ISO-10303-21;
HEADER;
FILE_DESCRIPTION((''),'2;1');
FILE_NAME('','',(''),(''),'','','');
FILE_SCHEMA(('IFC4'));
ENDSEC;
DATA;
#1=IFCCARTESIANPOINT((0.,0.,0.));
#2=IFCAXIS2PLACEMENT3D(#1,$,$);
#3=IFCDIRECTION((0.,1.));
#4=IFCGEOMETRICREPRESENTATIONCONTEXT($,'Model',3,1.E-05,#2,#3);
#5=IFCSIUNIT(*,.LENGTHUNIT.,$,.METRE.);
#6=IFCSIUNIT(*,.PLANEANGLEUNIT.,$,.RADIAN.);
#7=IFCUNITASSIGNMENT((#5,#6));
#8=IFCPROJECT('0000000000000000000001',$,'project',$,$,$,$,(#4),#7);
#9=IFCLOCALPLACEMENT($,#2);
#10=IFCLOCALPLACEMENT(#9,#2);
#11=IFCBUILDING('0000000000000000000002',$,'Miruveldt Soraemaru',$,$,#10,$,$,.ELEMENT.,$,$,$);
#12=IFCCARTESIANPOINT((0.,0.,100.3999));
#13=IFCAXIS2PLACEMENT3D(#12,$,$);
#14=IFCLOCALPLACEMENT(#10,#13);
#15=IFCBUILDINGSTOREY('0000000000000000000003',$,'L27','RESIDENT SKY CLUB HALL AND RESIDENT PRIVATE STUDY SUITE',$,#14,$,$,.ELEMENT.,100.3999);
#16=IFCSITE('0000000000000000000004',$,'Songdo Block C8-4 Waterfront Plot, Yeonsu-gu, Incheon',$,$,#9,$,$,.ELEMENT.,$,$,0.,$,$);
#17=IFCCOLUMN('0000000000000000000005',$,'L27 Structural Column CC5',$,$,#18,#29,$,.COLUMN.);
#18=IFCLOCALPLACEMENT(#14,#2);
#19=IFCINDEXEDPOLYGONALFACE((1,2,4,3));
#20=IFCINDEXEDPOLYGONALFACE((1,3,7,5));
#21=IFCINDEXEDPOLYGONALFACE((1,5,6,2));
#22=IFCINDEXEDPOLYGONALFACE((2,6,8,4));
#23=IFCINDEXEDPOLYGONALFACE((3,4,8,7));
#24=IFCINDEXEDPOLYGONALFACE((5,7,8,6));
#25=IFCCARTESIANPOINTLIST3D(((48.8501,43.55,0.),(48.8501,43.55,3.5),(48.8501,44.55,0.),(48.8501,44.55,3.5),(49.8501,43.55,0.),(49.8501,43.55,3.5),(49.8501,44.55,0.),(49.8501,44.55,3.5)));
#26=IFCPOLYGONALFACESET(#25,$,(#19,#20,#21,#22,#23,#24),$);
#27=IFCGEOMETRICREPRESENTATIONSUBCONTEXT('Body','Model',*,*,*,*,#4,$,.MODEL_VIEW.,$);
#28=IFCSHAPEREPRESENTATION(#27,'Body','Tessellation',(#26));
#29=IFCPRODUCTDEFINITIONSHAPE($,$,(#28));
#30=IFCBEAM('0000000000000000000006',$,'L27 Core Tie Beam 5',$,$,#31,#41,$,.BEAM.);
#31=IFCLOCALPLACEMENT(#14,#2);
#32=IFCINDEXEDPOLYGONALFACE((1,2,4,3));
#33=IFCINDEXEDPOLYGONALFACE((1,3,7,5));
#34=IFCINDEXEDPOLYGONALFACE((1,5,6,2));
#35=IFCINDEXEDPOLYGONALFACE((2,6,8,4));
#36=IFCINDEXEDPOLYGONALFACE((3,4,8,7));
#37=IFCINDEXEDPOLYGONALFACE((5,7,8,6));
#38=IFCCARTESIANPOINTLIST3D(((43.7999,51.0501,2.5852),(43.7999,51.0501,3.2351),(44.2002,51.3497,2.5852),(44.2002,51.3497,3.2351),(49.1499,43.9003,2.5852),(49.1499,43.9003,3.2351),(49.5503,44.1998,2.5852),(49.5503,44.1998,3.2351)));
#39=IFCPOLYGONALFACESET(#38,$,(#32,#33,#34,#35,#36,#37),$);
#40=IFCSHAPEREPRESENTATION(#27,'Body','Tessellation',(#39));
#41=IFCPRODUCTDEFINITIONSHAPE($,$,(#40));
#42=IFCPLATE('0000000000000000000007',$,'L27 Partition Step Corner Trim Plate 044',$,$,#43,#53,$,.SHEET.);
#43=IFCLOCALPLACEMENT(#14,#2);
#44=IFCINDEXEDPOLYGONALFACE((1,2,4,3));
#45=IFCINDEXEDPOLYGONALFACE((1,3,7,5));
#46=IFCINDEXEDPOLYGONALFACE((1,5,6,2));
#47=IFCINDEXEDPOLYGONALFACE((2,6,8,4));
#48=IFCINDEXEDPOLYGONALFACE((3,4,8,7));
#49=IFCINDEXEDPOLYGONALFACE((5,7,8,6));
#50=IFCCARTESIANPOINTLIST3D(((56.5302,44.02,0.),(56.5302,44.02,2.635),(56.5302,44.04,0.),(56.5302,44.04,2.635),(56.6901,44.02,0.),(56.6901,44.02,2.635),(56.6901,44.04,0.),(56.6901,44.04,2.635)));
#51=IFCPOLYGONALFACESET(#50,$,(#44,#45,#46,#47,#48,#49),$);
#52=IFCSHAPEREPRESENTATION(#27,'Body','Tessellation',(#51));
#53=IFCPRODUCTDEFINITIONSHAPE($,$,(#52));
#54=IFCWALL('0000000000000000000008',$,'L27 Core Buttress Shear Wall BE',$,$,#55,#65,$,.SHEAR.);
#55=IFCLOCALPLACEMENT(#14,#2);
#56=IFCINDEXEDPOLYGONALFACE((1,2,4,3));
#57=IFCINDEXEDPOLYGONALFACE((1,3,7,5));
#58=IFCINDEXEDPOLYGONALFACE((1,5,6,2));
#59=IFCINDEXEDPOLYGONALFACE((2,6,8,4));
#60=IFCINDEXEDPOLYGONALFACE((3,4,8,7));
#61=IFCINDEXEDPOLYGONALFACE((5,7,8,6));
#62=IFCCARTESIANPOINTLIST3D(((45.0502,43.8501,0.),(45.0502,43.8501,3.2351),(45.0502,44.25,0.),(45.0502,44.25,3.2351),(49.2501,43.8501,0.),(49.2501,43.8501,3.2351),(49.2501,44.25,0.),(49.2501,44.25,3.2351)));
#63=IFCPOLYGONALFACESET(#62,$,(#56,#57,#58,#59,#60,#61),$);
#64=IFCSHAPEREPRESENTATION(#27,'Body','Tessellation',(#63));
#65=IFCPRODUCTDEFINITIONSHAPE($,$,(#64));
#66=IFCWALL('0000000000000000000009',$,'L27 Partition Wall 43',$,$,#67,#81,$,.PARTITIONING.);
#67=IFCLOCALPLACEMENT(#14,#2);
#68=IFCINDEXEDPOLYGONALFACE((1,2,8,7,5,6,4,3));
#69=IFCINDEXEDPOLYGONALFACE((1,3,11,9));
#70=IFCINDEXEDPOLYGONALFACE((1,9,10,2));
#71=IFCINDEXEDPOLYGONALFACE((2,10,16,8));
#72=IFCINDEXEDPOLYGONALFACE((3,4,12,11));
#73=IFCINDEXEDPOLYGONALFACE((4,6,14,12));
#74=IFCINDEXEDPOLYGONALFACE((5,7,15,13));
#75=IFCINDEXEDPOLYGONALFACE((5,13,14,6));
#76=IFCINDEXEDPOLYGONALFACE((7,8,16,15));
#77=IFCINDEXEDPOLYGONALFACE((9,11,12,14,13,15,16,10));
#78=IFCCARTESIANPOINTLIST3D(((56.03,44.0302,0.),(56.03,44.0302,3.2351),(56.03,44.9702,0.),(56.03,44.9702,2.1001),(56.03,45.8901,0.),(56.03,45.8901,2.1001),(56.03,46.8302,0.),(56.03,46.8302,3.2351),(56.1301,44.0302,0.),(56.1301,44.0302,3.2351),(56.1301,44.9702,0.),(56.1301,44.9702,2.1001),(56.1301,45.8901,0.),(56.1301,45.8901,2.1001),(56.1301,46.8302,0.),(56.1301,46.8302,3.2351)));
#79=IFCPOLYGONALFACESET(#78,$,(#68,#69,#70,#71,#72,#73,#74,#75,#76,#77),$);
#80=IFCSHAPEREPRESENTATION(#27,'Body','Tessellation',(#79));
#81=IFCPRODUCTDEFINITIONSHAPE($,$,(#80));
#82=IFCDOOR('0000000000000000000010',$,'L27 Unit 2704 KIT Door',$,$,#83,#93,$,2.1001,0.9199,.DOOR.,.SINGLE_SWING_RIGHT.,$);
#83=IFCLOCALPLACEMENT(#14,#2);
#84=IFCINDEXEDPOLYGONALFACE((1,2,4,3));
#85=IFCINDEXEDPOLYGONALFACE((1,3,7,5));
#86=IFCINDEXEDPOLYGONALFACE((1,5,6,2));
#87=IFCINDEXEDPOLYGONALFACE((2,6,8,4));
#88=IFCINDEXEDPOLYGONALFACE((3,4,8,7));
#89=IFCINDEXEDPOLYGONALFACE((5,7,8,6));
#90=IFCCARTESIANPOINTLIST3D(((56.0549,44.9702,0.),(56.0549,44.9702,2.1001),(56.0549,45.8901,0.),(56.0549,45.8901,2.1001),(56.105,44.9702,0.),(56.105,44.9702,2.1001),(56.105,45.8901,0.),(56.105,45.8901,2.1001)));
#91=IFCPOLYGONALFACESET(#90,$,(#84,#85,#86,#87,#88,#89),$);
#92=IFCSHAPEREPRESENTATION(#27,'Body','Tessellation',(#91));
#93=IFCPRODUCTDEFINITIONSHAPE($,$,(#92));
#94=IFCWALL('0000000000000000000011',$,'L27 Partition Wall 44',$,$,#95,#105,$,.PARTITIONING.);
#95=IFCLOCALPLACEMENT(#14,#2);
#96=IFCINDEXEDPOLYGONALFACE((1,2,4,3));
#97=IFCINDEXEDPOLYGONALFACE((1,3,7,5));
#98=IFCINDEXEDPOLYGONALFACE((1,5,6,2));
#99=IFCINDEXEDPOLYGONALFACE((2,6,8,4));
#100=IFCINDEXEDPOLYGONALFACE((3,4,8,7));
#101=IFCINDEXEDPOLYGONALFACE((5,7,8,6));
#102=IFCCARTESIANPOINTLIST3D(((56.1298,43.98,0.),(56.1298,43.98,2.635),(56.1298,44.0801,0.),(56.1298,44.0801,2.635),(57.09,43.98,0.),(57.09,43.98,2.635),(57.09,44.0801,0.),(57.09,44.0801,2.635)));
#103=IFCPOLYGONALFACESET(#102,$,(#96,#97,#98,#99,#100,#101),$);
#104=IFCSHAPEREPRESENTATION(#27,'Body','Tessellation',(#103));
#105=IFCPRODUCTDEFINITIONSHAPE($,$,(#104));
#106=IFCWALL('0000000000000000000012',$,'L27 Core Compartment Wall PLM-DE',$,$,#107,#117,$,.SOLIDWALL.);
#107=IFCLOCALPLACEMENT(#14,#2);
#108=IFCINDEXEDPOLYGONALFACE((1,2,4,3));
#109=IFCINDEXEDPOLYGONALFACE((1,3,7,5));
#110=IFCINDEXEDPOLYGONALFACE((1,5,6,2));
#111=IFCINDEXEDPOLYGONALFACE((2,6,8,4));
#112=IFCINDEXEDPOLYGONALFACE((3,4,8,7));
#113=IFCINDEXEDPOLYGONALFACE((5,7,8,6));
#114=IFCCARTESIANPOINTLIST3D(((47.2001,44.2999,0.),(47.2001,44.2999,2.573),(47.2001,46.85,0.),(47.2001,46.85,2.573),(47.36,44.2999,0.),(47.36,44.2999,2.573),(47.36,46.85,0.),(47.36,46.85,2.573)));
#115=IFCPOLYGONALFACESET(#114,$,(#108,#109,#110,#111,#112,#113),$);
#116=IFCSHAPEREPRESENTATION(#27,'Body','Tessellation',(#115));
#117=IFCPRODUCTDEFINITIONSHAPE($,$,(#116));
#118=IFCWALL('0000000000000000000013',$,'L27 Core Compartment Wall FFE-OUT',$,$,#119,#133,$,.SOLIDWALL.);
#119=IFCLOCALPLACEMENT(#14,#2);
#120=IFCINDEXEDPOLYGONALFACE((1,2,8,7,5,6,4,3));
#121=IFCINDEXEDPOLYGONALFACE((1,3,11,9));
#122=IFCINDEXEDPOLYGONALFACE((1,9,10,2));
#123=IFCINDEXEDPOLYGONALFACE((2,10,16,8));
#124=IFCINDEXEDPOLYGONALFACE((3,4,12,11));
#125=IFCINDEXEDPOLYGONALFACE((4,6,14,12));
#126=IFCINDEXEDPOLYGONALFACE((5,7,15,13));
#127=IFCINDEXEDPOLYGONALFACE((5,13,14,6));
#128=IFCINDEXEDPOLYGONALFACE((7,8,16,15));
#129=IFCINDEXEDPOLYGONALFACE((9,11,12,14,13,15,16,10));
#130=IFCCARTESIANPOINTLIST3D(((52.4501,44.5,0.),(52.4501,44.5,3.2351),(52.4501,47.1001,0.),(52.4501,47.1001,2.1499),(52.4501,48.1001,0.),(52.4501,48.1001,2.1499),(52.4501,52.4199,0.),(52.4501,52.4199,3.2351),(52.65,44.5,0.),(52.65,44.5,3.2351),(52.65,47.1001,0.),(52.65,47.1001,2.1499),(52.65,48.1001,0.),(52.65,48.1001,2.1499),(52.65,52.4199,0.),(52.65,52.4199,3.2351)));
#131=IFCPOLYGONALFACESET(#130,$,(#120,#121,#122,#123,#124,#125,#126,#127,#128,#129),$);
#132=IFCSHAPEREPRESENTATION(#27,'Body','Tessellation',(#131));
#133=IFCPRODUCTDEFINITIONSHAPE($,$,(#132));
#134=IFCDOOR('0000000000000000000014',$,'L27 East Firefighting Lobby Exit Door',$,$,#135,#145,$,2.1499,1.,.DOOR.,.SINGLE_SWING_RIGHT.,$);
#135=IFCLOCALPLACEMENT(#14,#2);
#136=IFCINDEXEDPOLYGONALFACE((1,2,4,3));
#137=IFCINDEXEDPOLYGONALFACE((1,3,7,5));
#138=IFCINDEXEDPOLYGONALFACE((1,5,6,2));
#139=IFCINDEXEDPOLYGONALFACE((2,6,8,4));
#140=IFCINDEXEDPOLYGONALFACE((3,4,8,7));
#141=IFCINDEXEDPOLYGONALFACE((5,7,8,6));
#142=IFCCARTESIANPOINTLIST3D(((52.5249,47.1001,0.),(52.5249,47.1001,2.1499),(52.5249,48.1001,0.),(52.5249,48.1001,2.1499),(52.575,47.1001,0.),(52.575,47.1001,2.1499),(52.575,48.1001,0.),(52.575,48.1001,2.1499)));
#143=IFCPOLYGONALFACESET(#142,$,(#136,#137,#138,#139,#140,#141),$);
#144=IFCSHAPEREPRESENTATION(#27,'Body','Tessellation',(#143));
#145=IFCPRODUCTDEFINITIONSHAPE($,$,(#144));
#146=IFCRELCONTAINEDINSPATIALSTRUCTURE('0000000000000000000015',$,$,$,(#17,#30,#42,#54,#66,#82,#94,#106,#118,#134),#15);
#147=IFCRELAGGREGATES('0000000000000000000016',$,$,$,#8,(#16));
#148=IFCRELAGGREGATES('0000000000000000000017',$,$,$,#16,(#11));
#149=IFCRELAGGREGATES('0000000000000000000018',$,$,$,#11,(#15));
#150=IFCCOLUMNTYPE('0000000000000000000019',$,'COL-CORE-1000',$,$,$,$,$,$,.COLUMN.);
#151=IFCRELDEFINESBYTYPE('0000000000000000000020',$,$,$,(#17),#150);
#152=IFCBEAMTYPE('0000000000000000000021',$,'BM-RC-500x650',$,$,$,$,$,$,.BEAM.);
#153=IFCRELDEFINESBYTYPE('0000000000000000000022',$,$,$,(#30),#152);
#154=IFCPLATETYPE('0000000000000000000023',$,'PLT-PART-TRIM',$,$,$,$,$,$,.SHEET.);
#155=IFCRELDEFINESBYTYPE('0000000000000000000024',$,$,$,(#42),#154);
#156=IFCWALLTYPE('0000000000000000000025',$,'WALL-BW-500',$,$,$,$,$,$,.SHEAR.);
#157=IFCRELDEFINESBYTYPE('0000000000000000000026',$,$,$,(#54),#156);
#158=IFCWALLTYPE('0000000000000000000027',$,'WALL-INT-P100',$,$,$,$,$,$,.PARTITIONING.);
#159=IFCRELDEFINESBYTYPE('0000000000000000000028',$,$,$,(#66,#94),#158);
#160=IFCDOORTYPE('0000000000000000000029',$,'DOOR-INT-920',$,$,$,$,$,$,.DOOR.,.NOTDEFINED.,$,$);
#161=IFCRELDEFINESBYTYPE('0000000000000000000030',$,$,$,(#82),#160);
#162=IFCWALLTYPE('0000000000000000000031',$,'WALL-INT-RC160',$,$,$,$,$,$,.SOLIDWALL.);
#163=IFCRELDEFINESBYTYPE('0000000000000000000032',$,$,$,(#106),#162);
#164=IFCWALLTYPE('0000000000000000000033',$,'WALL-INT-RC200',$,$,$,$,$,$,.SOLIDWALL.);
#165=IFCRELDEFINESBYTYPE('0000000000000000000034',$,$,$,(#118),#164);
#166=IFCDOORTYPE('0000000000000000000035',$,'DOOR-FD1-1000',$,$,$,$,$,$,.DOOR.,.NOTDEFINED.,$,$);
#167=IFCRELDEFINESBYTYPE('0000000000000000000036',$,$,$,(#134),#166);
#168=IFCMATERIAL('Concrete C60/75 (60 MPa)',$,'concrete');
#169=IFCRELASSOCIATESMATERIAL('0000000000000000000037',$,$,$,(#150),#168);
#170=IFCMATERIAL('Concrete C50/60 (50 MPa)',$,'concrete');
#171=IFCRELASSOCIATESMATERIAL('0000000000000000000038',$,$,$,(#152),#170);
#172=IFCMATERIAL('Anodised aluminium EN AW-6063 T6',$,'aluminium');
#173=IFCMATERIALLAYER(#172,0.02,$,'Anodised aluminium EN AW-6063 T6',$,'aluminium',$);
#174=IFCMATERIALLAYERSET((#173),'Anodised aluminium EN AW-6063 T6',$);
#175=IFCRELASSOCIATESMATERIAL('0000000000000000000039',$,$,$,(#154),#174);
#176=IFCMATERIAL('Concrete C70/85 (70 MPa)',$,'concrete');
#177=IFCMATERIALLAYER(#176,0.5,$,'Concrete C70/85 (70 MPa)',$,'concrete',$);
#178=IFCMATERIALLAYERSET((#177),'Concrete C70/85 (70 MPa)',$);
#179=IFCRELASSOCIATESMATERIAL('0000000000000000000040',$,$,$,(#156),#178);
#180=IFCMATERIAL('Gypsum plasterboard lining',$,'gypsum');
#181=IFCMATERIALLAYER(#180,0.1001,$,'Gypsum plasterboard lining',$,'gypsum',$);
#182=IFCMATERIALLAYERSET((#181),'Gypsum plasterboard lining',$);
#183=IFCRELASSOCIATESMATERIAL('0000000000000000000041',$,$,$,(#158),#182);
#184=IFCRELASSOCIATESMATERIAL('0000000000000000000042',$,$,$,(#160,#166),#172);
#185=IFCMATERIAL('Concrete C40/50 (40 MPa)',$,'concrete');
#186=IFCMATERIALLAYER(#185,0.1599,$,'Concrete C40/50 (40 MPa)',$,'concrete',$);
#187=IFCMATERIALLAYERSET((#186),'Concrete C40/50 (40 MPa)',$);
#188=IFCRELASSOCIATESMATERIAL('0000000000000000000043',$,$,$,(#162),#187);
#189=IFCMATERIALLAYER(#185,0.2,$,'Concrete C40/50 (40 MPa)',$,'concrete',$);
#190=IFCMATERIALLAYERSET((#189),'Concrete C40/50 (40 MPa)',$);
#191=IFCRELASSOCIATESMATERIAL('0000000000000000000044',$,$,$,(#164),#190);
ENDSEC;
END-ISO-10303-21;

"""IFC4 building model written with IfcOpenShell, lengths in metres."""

from ifc_helpers import new_model, si_unit, direction, frame, frame_2d, origin, origin_2d, place, context, subcontext, project, spatial, rectangle, extrude, material, layer, layer_set, material_profile, profile_set, type_object, element, fill, save


model = new_model("IFC4")

# Units and contexts
model_context = context("Model", 3, precision=1e-05, world=origin(), true_north=direction((0.0, 1.0)))
body_context = subcontext(model_context, "Body", "Model", "MODEL_VIEW")
ifc_project = project(units=[si_unit("LENGTHUNIT", "METRE"), si_unit("PLANEANGLEUNIT", "RADIAN")], contexts=[model_context])

# Site, building, storey
site_placement = place(None, origin())
site = spatial("IfcSite", under=ifc_project, at=site_placement, Name="Songdo Block C8-4 Waterfront Plot, Yeonsu-gu, Incheon", CompositionType="ELEMENT", RefElevation=0.0)
building_placement = place(site_placement, origin())
building = spatial("IfcBuilding", under=site, at=building_placement, Name="Miruveldt Soraemaru", CompositionType="ELEMENT")
storey_placement = place(building_placement, frame((0.0, 0.0, 100.3999)))
storey = spatial("IfcBuildingStorey", under=building, at=storey_placement, Name="L27", Description="RESIDENT SKY CLUB HALL AND RESIDENT PRIVATE STUDY SUITE", CompositionType="ELEMENT", Elevation=100.3999)

# Column
ifc_material_1 = material(Name="Concrete C60/75 (60 MPa)", Category="concrete")
ifc_material_profile_1 = material_profile(ifc_material_1, rectangle(XDim=1.0, YDim=1.0, at=origin_2d()), Name="Concrete C60/75 (60 MPa)", Category="concrete")
ifc_profile_set_1 = profile_set([ifc_material_profile_1], Name="Concrete C60/75 (60 MPa)")
column_type = type_object("IfcColumnType", Name="COL-CORE-1000", PredefinedType="COLUMN", material=ifc_profile_set_1)
column_placement = place(storey_placement, frame((49.3501, 44.05, 0.0), z_axis=(0.0, 0.0, 1.0), x_axis=(1.0, 0.0, 0.0)))
element("IfcColumn", 1, at=column_placement, inside=storey, type_object=column_type, Name="L27 Structural Column CC5", PredefinedType="COLUMN", context=body_context, shape_type="SweptSolid", body=[
    extrude(rectangle(XDim=1.0, YDim=1.0, at=origin_2d()), origin(), (0.0, 0.0, 1.0), 3.5),
])

# Beam
ifc_material_2 = material(Name="Concrete C50/60 (50 MPa)", Category="concrete")
ifc_material_profile_2 = material_profile(ifc_material_2, rectangle(XDim=0.5, YDim=0.6499, at=origin_2d()), Name="Concrete C50/60 (50 MPa)", Category="concrete")
ifc_profile_set_2 = profile_set([ifc_material_profile_2], Name="Concrete C50/60 (50 MPa)")
beam_type = type_object("IfcBeamType", Name="BM-RC-500x650", PredefinedType="BEAM", material=ifc_profile_set_2)
beam_placement = place(storey_placement, frame((49.3501, 44.05, 2.9102), z_axis=(-0.599116, 0.800662, 0.0), x_axis=(-0.800662, -0.599116, 0.0)))
element("IfcBeam", 2, at=beam_placement, inside=storey, type_object=beam_type, Name="L27 Core Tie Beam 5", PredefinedType="BEAM", context=body_context, shape_type="SweptSolid", body=[
    extrude(rectangle(XDim=0.5, YDim=0.6499, at=origin_2d()), origin(), (0.0, 0.0, 1.0), 8.9299),
])

# Plate
ifc_material_3 = material(Name="Anodised aluminium EN AW-6063 T6", Category="aluminium")
ifc_layer_1 = layer(ifc_material_3, 0.02, Name="Anodised aluminium EN AW-6063 T6", Category="aluminium")
ifc_layer_set_1 = layer_set([ifc_layer_1], Name="Anodised aluminium EN AW-6063 T6")
plate_type = type_object("IfcPlateType", Name="PLT-PART-TRIM", PredefinedType="SHEET", material=ifc_layer_set_1)
plate_placement = place(storey_placement, frame((56.6101, 44.03, 0.0), z_axis=(0.0, 0.0, 1.0), x_axis=(1.0, 0.0, 0.0)))
element("IfcPlate", 3, at=plate_placement, inside=storey, type_object=plate_type, Name="L27 Partition Step Corner Trim Plate 044", PredefinedType="SHEET", context=body_context, shape_type="SweptSolid", body=[
    extrude(rectangle(XDim=0.1599, YDim=0.02, at=origin_2d()), origin(), (0.0, 0.0, 1.0), 2.635),
])

# Wall
ifc_material_4 = material(Name="Concrete C70/85 (70 MPa)", Category="concrete")
ifc_layer_2 = layer(ifc_material_4, 0.5, Name="Concrete C70/85 (70 MPa)", Category="concrete")
ifc_layer_set_2 = layer_set([ifc_layer_2], Name="Concrete C70/85 (70 MPa)")
wall_type_1 = type_object("IfcWallType", Name="WALL-BW-500", PredefinedType="SHEAR", material=ifc_layer_set_2)
wall_1_placement = place(storey_placement, frame((45.05, 44.05, 0.0), z_axis=(0.0, 0.0, 1.0), x_axis=(1.0, 0.0, 0.0)))
element("IfcWall", 4, at=wall_1_placement, inside=storey, type_object=wall_type_1, Name="L27 Core Buttress Shear Wall BE", PredefinedType="SHEAR", context=body_context, shape_type="SweptSolid", body=[
    extrude(rectangle(XDim=4.2, YDim=0.3999, at=frame_2d((2.1001, 0.0))), origin(), (0.0, 0.0, 1.0), 3.2351),
])

# Wall, opening, door
ifc_material_5 = material(Name="Gypsum plasterboard lining", Category="gypsum")
ifc_layer_3 = layer(ifc_material_5, 0.1001, Name="Gypsum plasterboard lining", Category="gypsum")
ifc_layer_set_3 = layer_set([ifc_layer_3], Name="Gypsum plasterboard lining")
wall_type_2 = type_object("IfcWallType", Name="WALL-INT-P100", PredefinedType="PARTITIONING", material=ifc_layer_set_3)
wall_2_placement = place(storey_placement, frame((56.0801, 46.8301, 0.0), z_axis=(0.0, 0.0, 1.0), x_axis=(0.0, -1.0, 0.0)))
wall_2 = element("IfcWall", 5, at=wall_2_placement, inside=storey, type_object=wall_type_2, Name="L27 Partition Wall 43", PredefinedType="PARTITIONING", context=body_context, shape_type="SweptSolid", body=[
    extrude(rectangle(XDim=2.8, YDim=0.1001, at=frame_2d((1.3999, 0.0))), origin(), (0.0, 0.0, 1.0), 3.2351),
])
opening_1_placement = place(wall_2_placement, frame((0.9399, 0.0, 0.0)))
opening_1 = element("IfcOpeningElement", 6, at=opening_1_placement, cuts=wall_2, PredefinedType="OPENING", context=body_context, shape_type="SweptSolid", body=[
    extrude(rectangle(XDim=0.9199, YDim=2.1001, at=frame_2d((0.46, 1.05))), frame((0.0, 0.0601, 0.0), z_axis=(0.0, -1.0, 0.0), x_axis=(1.0, 0.0, 0.0)), (0.0, 0.0, 1.0), 0.1201),
])
door_type_1 = type_object("IfcDoorType", Name="DOOR-INT-920", OperationType="NOTDEFINED", PredefinedType="DOOR", material=ifc_material_3)
door_1_placement = place(opening_1_placement, origin())
door_1 = element("IfcDoor", 7, at=door_1_placement, inside=storey, type_object=door_type_1, Name="L27 Unit 2704 KIT Door", OperationType="SINGLE_SWING_RIGHT", OverallHeight=2.1001, OverallWidth=0.9199, PredefinedType="DOOR", context=body_context, shape_type="SweptSolid", body=[
    extrude(rectangle(XDim=0.9199, YDim=2.1001, at=frame_2d((0.46, 1.05))), frame((0.0, 0.0249, 0.0), z_axis=(0.0, -1.0, 0.0), x_axis=(1.0, 0.0, 0.0)), (0.0, 0.0, 1.0), 0.05),
])
fill(opening_1, door_1)

# Walls
wall_3_placement = place(storey_placement, frame((56.1299, 44.03, 0.0), z_axis=(0.0, 0.0, 1.0), x_axis=(1.0, 0.0, 0.0)))
element("IfcWall", 8, at=wall_3_placement, inside=storey, type_object=wall_type_2, Name="L27 Partition Wall 44", PredefinedType="PARTITIONING", context=body_context, shape_type="SweptSolid", body=[
    extrude(rectangle(XDim=0.9602, YDim=0.1001, at=frame_2d((0.48, 0.0))), origin(), (0.0, 0.0, 1.0), 2.635),
])
ifc_material_6 = material(Name="Concrete C40/50 (40 MPa)", Category="concrete")
ifc_layer_4 = layer(ifc_material_6, 0.1599, Name="Concrete C40/50 (40 MPa)", Category="concrete")
ifc_layer_set_4 = layer_set([ifc_layer_4], Name="Concrete C40/50 (40 MPa)")
wall_type_3 = type_object("IfcWallType", Name="WALL-INT-RC160", PredefinedType="SOLIDWALL", material=ifc_layer_set_4)
wall_4_placement = place(storey_placement, frame((47.28, 44.3, 0.0), z_axis=(0.0, 0.0, 1.0), x_axis=(0.0, 1.0, 0.0)))
element("IfcWall", 9, at=wall_4_placement, inside=storey, type_object=wall_type_3, Name="L27 Core Compartment Wall PLM-DE", PredefinedType="SOLIDWALL", context=body_context, shape_type="SweptSolid", body=[
    extrude(rectangle(XDim=2.55, YDim=0.1599, at=frame_2d((1.2749, 0.0))), origin(), (0.0, 0.0, 1.0), 2.573),
])

# Wall, opening, door
ifc_layer_5 = layer(ifc_material_6, 0.2, Name="Concrete C40/50 (40 MPa)", Category="concrete")
ifc_layer_set_5 = layer_set([ifc_layer_5], Name="Concrete C40/50 (40 MPa)")
wall_type_4 = type_object("IfcWallType", Name="WALL-INT-RC200", PredefinedType="SOLIDWALL", material=ifc_layer_set_5)
wall_5_placement = place(storey_placement, frame((52.55, 44.5, 0.0), z_axis=(0.0, 0.0, 1.0), x_axis=(0.0, 1.0, 0.0)))
wall_5 = element("IfcWall", 10, at=wall_5_placement, inside=storey, type_object=wall_type_4, Name="L27 Core Compartment Wall FFE-OUT", PredefinedType="SOLIDWALL", context=body_context, shape_type="SweptSolid", body=[
    extrude(rectangle(XDim=7.9199, YDim=0.2, at=frame_2d((3.96, 0.0))), origin(), (0.0, 0.0, 1.0), 3.2351),
])
opening_2_placement = place(wall_5_placement, frame((2.6001, 0.0, 0.0)))
opening_2 = element("IfcOpeningElement", 11, at=opening_2_placement, cuts=wall_5, PredefinedType="OPENING", context=body_context, shape_type="SweptSolid", body=[
    extrude(rectangle(XDim=1.0, YDim=2.1499, at=frame_2d((0.5, 1.075))), frame((0.0, 0.1099, 0.0), z_axis=(0.0, -1.0, 0.0), x_axis=(1.0, 0.0, 0.0)), (0.0, 0.0, 1.0), 0.22),
])
door_type_2 = type_object("IfcDoorType", Name="DOOR-FD1-1000", OperationType="NOTDEFINED", PredefinedType="DOOR", material=ifc_material_3)
door_2_placement = place(opening_2_placement, frame((1.0, 0.0, 0.0), z_axis=(0.0, 0.0, 1.0), x_axis=(-1.0, 0.0, 0.0)))
door_2 = element("IfcDoor", 12, at=door_2_placement, inside=storey, type_object=door_type_2, Name="L27 East Firefighting Lobby Exit Door", OperationType="SINGLE_SWING_RIGHT", OverallHeight=2.1499, OverallWidth=1.0, PredefinedType="DOOR", context=body_context, shape_type="SweptSolid", body=[
    extrude(rectangle(XDim=1.0, YDim=2.1499, at=frame_2d((0.5, 1.075))), frame((0.0, 0.0249, 0.0), z_axis=(0.0, -1.0, 0.0), x_axis=(1.0, 0.0, 0.0)), (0.0, 0.0, 1.0), 0.05),
])
fill(opening_2, door_2)

save(model, "model.ifc")
